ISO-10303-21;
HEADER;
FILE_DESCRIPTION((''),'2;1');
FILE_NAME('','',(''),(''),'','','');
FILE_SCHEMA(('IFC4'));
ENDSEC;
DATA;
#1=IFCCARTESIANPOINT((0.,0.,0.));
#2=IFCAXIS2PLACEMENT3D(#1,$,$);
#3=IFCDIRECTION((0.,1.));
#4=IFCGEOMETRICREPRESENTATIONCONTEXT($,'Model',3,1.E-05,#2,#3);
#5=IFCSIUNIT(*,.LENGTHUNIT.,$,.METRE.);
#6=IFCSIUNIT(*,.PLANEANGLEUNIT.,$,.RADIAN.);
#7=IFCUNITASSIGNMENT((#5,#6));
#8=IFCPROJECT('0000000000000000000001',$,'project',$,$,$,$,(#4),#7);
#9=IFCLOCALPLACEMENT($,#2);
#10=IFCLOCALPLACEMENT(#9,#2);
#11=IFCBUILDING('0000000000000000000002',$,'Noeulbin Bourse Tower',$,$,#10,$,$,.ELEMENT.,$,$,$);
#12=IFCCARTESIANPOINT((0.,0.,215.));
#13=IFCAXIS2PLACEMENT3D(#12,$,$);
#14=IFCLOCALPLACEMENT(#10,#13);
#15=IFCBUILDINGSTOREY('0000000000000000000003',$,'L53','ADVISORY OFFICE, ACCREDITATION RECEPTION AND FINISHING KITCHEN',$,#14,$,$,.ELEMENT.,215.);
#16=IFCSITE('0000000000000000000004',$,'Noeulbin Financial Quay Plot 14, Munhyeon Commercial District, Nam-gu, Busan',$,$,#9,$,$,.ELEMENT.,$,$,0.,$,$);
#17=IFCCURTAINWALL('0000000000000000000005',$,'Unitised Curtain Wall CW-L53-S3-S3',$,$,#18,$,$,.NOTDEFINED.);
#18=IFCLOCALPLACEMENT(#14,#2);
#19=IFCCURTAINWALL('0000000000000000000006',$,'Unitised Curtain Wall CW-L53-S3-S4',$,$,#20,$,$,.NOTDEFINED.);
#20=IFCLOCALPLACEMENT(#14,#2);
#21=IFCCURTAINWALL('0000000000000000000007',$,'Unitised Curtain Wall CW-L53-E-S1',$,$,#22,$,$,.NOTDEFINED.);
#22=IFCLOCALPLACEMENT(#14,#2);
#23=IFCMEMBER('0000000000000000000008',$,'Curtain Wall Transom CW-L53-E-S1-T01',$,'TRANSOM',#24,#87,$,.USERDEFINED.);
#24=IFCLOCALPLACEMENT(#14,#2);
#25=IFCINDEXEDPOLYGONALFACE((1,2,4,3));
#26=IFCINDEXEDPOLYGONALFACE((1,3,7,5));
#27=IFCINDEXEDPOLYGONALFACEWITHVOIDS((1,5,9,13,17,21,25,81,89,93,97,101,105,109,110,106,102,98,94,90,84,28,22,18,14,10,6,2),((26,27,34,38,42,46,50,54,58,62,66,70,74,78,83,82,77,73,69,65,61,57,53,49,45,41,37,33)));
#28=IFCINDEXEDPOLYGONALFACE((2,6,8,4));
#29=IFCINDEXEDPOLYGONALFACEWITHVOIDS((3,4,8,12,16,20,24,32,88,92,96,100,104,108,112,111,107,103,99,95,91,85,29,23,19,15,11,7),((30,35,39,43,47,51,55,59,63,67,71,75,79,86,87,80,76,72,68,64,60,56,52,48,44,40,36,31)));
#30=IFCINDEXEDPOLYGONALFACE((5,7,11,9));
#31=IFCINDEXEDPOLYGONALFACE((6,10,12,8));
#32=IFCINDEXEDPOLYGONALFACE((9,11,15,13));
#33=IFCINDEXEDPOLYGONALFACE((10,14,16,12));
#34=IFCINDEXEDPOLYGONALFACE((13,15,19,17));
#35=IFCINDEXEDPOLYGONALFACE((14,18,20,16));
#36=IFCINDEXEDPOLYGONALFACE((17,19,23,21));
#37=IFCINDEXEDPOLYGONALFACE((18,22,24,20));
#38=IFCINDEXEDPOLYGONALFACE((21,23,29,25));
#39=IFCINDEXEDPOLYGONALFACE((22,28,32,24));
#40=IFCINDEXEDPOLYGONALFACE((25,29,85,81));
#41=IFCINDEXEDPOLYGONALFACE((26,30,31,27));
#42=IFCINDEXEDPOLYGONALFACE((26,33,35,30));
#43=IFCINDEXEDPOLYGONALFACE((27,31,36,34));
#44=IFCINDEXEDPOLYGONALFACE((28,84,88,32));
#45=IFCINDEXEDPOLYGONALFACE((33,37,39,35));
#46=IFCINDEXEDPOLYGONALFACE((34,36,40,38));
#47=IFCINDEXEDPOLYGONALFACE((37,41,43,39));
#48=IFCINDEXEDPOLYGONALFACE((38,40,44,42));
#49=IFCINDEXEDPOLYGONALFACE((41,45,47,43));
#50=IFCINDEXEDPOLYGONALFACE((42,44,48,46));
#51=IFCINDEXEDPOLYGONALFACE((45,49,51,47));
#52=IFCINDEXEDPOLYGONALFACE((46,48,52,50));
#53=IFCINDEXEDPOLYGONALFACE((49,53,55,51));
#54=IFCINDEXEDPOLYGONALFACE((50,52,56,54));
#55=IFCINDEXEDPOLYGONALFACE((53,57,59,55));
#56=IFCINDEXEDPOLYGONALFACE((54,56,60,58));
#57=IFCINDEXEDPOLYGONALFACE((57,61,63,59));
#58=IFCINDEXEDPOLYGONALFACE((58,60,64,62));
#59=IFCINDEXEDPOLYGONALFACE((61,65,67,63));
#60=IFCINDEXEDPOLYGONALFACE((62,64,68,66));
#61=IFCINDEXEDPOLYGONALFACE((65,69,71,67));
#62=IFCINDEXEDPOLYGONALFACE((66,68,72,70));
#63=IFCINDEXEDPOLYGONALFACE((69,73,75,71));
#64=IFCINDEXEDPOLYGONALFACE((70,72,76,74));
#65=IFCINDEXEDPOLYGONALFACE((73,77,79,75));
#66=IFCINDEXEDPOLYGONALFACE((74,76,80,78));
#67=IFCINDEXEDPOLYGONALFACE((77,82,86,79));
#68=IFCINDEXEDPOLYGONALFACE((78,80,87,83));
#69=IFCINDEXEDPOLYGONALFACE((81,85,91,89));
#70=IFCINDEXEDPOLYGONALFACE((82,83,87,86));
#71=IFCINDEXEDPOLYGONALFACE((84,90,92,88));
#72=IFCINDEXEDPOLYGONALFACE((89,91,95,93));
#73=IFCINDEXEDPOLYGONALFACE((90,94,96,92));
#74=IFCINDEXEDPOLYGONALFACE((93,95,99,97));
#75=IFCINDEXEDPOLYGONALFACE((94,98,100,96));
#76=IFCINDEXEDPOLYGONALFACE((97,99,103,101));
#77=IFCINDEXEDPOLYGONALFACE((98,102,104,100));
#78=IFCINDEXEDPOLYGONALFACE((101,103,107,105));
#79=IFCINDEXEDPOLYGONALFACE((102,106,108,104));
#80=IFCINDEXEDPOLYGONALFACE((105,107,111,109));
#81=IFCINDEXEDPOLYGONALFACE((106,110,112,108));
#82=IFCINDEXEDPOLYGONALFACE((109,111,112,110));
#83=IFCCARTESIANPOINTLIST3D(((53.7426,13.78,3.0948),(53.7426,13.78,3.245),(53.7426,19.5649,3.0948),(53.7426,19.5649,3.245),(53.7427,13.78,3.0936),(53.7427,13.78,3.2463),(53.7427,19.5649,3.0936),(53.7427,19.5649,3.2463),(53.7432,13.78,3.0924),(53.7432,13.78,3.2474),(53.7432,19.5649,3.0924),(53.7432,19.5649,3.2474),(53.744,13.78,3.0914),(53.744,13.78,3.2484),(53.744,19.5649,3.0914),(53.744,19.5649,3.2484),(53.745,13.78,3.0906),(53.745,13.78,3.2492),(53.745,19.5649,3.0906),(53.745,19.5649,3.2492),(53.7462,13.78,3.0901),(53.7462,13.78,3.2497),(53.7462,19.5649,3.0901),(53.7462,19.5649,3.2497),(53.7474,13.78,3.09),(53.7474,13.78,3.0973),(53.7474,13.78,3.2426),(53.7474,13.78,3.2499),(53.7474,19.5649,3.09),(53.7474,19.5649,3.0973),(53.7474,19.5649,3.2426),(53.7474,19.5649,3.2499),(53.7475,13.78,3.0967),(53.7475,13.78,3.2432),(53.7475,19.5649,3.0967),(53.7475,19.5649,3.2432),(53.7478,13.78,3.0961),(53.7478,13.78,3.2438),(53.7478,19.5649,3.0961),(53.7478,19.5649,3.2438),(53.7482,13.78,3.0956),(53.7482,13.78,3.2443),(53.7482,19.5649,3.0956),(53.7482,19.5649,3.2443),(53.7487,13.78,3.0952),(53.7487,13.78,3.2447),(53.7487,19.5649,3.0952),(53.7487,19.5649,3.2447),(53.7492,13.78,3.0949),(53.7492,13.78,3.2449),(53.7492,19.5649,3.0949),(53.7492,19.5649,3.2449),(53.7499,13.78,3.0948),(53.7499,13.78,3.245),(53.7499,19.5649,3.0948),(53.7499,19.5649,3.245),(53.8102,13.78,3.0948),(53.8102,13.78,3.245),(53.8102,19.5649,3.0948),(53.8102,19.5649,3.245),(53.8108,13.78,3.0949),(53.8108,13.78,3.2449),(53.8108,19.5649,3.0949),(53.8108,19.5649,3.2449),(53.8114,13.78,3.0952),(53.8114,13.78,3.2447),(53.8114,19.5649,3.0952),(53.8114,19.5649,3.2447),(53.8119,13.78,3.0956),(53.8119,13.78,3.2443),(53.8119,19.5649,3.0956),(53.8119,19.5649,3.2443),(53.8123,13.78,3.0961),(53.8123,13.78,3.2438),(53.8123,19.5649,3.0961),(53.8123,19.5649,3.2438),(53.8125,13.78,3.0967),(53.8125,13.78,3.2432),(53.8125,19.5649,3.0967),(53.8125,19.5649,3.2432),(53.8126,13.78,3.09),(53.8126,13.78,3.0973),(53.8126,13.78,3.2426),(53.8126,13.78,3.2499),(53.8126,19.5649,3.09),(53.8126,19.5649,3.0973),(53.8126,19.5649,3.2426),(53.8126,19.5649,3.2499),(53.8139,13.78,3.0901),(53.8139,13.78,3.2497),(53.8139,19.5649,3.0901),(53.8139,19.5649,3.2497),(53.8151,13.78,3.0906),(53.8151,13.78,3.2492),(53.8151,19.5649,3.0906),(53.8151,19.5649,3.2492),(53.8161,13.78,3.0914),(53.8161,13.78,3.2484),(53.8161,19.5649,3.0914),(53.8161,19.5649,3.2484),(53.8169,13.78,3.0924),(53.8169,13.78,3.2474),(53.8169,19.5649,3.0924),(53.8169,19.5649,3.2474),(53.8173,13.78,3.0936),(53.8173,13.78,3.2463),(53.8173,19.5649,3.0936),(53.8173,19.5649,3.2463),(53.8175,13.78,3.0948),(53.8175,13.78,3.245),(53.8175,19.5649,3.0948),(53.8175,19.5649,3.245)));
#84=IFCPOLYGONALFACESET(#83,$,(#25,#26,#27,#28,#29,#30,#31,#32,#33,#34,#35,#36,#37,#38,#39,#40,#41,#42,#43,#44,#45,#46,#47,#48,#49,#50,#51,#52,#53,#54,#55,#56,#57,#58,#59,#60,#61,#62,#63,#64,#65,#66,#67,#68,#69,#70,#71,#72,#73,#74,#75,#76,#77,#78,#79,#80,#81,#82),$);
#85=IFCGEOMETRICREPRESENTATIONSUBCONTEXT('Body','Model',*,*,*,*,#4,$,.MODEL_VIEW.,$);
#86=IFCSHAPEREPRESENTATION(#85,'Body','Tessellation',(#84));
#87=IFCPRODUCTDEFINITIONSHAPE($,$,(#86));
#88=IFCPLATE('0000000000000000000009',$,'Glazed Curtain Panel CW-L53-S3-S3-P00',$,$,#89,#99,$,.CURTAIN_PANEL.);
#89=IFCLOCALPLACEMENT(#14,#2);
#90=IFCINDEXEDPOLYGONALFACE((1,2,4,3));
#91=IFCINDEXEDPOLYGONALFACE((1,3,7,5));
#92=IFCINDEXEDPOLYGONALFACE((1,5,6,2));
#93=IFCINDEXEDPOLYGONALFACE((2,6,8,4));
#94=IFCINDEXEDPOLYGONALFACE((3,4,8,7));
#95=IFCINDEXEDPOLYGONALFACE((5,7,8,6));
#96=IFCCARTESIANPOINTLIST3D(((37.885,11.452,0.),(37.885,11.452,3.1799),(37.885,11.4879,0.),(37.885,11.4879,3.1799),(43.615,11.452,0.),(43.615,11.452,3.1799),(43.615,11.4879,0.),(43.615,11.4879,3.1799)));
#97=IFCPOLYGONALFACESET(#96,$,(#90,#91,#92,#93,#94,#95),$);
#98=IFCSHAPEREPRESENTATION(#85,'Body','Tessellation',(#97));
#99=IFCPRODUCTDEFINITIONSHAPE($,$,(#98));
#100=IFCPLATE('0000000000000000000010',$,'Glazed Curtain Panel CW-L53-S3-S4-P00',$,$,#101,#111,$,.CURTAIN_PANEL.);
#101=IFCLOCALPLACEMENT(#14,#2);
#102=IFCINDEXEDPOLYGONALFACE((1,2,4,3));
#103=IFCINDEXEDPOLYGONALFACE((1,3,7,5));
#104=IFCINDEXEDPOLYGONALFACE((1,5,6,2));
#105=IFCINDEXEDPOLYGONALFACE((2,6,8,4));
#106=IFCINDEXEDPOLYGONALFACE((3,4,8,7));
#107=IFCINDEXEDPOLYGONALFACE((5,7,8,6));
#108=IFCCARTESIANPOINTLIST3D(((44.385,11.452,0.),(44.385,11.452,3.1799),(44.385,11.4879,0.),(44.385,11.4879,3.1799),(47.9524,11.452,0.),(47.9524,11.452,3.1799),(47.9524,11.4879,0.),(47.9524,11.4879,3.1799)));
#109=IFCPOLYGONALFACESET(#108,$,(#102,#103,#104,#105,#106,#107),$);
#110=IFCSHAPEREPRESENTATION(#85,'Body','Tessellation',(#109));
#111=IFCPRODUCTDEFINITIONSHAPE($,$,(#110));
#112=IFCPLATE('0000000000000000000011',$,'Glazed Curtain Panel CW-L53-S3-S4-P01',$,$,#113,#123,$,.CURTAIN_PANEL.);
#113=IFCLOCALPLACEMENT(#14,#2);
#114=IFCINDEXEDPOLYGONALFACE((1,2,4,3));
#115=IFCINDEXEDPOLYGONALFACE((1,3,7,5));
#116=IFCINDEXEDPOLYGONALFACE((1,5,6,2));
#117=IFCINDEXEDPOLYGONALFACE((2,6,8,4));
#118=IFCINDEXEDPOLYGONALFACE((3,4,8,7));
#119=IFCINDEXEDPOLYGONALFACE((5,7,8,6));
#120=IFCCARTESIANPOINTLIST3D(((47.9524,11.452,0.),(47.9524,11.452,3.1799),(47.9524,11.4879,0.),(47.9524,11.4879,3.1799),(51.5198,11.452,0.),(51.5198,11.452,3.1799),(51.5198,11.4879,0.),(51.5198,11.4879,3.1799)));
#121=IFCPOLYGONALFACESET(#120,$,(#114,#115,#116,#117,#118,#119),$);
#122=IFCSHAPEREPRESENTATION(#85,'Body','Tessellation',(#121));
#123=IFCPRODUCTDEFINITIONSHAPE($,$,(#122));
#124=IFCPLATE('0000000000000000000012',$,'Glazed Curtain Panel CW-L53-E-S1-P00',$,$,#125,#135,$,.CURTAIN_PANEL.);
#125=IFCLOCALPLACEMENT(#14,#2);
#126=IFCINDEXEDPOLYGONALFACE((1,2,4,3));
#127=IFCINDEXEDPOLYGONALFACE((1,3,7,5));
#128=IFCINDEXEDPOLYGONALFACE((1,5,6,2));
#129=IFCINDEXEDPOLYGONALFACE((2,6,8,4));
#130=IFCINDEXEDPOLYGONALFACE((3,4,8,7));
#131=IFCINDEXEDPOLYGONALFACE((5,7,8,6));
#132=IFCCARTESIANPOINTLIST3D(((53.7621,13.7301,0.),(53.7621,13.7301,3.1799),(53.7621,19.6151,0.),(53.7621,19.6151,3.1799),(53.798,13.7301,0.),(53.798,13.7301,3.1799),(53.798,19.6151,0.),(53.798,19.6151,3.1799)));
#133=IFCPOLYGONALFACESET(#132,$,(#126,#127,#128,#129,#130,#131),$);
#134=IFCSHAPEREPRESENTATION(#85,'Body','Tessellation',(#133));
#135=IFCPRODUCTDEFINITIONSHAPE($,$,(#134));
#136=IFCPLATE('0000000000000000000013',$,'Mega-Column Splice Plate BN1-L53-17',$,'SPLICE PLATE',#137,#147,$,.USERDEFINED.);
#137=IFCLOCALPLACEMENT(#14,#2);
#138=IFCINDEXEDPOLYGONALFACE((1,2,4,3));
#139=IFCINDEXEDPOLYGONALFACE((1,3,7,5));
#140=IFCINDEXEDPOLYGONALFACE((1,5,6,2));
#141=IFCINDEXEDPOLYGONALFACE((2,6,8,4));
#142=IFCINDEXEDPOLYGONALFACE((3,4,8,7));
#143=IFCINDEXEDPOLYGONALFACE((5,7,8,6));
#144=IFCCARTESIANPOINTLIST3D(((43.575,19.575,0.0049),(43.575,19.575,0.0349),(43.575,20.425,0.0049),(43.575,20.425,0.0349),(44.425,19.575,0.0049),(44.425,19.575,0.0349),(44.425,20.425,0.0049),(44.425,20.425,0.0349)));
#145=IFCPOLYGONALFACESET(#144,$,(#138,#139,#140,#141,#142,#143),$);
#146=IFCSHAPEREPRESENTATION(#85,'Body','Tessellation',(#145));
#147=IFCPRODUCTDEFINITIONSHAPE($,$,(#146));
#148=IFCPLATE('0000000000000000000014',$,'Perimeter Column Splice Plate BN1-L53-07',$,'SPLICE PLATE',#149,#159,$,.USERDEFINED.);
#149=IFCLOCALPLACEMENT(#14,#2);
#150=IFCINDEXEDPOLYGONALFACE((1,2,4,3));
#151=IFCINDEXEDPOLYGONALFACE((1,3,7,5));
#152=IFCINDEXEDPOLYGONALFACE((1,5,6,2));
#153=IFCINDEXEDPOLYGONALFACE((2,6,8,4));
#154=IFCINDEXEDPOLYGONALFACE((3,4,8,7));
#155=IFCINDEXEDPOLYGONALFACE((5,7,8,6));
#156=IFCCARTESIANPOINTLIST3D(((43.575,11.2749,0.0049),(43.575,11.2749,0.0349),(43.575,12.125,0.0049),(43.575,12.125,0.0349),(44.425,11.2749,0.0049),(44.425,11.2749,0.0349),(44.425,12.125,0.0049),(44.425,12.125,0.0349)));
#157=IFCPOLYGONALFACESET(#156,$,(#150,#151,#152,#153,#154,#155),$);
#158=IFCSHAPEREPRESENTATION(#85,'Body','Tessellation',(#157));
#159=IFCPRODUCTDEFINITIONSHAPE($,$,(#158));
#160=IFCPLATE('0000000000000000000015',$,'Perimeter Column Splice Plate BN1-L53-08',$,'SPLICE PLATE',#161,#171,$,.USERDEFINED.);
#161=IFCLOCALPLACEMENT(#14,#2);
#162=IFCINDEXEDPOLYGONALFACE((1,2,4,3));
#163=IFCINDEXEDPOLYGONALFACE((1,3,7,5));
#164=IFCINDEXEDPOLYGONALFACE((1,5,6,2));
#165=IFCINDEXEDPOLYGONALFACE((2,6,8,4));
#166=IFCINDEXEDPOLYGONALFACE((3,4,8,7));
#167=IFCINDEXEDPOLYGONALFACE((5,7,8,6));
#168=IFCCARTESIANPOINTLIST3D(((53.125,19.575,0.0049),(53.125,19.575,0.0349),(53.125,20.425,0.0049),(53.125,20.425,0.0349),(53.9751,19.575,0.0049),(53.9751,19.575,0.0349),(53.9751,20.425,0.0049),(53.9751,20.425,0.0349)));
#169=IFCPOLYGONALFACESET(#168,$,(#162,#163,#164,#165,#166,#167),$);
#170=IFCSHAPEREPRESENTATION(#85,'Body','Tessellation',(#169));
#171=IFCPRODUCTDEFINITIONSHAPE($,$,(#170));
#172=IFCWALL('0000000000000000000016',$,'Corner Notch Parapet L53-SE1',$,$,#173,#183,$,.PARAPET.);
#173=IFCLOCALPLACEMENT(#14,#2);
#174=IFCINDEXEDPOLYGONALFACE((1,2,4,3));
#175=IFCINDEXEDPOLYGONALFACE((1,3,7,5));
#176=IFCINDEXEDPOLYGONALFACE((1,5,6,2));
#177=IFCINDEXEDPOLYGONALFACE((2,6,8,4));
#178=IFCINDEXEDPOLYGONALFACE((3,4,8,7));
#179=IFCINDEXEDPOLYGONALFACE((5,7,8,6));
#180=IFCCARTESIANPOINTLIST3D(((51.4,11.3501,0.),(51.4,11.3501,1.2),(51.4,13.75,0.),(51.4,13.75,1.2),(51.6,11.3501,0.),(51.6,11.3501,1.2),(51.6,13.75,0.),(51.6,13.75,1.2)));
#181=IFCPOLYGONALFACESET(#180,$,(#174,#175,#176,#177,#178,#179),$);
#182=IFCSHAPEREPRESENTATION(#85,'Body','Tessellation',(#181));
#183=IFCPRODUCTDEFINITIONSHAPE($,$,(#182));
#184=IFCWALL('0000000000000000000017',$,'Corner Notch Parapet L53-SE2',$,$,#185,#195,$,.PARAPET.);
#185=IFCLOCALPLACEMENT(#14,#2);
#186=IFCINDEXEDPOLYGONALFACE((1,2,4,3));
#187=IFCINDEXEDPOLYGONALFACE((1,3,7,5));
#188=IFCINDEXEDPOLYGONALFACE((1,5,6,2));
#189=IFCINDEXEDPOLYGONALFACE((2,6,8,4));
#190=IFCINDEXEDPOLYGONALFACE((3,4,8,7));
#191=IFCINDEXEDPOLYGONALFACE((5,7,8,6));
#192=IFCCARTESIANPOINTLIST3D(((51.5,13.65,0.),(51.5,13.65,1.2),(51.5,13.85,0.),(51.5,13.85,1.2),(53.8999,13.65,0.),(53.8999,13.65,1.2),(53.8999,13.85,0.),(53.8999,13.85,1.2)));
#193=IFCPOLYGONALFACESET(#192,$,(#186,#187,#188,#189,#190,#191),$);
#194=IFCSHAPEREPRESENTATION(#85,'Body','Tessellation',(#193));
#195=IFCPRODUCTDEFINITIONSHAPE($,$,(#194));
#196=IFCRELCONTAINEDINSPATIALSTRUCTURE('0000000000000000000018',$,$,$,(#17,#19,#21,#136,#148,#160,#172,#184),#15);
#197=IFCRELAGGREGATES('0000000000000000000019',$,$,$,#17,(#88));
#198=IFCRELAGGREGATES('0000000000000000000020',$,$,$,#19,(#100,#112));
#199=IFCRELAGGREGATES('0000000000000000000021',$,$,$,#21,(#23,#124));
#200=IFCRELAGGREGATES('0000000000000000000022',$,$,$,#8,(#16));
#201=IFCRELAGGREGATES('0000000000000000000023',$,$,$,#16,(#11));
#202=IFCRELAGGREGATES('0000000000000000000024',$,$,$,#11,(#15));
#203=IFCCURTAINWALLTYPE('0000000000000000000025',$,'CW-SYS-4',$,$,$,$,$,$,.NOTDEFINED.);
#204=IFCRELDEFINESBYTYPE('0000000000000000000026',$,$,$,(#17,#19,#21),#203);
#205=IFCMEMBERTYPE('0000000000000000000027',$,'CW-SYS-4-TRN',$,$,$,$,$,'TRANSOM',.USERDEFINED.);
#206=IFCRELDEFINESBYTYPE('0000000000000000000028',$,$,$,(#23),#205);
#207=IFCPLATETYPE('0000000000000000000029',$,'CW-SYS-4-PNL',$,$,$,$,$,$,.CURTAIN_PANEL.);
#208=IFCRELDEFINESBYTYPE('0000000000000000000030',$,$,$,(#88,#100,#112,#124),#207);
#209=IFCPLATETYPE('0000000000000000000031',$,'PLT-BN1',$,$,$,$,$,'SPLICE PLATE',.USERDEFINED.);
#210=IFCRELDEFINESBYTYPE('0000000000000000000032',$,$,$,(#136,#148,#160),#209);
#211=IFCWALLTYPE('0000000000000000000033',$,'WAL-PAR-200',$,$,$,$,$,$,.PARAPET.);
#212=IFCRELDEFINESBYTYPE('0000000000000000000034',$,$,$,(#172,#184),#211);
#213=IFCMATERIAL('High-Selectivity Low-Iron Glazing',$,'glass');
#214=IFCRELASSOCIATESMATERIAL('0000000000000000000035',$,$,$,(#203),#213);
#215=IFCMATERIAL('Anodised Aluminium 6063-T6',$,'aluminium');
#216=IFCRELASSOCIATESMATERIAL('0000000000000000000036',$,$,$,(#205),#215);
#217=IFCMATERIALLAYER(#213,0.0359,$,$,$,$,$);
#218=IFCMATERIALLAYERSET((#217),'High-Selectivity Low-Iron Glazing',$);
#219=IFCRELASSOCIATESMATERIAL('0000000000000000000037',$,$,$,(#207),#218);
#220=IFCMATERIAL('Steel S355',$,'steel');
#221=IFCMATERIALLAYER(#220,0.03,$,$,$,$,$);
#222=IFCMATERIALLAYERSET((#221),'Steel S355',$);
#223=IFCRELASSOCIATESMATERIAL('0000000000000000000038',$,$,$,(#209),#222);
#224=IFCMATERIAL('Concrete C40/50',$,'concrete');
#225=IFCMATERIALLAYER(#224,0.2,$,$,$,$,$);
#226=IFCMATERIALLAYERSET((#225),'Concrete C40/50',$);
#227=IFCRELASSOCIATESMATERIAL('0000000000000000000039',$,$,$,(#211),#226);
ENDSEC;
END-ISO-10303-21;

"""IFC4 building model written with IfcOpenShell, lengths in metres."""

from ifc_helpers import new_model, si_unit, direction, frame, frame_2d, origin, origin_2d, place, context, subcontext, project, spatial, rectangle, hollow_rectangle, extrude, material, layer, layer_set, material_profile, profile_set, type_object, element, aggregate, save


model = new_model("IFC4")

# Units and contexts
model_context = context("Model", 3, precision=1e-05, world=origin(), true_north=direction((0.0, 1.0)))
body_context = subcontext(model_context, "Body", "Model", "MODEL_VIEW")
ifc_project = project(units=[si_unit("LENGTHUNIT", "METRE"), si_unit("PLANEANGLEUNIT", "RADIAN")], contexts=[model_context])

# Site, building, storey
site_placement = place(None, origin())
site = spatial("IfcSite", under=ifc_project, at=site_placement, Name="Noeulbin Financial Quay Plot 14, Munhyeon Commercial District, Nam-gu, Busan", CompositionType="ELEMENT", RefElevation=0.0)
building_placement = place(site_placement, origin())
building = spatial("IfcBuilding", under=site, at=building_placement, Name="Noeulbin Bourse Tower", CompositionType="ELEMENT")
storey_placement = place(building_placement, frame((0.0, 0.0, 215.0)))
storey = spatial("IfcBuildingStorey", under=building, at=storey_placement, Name="L53", Description="ADVISORY OFFICE, ACCREDITATION RECEPTION AND FINISHING KITCHEN", CompositionType="ELEMENT", Elevation=215.0)

# Shared definitions
ifc_material_1 = material(Name="Steel S355", Category="steel")

# Curtain walls
ifc_material_2 = material(Name="High-Selectivity Low-Iron Glazing", Category="glass")
curtain_wall_type = type_object("IfcCurtainWallType", Name="CW-SYS-4", PredefinedType="NOTDEFINED", material=ifc_material_2)
curtain_wall_1_placement = place(storey_placement, origin())
curtain_wall_1 = element("IfcCurtainWall", 1, at=curtain_wall_1_placement, inside=storey, type_object=curtain_wall_type, Name="Unitised Curtain Wall CW-L53-S3-S3", PredefinedType="NOTDEFINED")
ifc_material_3 = material(Name="Anodised Aluminium 6063-T6", Category="aluminium")
curtain_wall_2_placement = place(storey_placement, origin())
curtain_wall_2 = element("IfcCurtainWall", 2, at=curtain_wall_2_placement, inside=storey, type_object=curtain_wall_type, Name="Unitised Curtain Wall CW-L53-S3-S4", PredefinedType="NOTDEFINED")
curtain_wall_3_placement = place(storey_placement, origin())
curtain_wall_3 = element("IfcCurtainWall", 3, at=curtain_wall_3_placement, inside=storey, type_object=curtain_wall_type, Name="Unitised Curtain Wall CW-L53-E-S1", PredefinedType="NOTDEFINED")

# Member
ifc_material_profile_1 = material_profile(ifc_material_3, hollow_rectangle(XDim=0.075, YDim=0.1599, WallThickness=0.0049, InnerFilletRadius=0.0024, OuterFilletRadius=0.0049, at=origin_2d()), Name="ALU-TRAN-75x160x5", Category="LoadBearing")
ifc_profile_set_1 = profile_set([ifc_material_profile_1], Name="Anodised Aluminium 6063-T6")
member_type_1 = type_object("IfcMemberType", Name="CW-SYS-4-TRN", ElementType="TRANSOM", PredefinedType="USERDEFINED", material=ifc_profile_set_1)
member_1_placement = place(storey_placement, frame((53.78, 13.78, 3.1699), z_axis=(0.0, 1.0, 0.0), x_axis=(-1.0, 0.0, 0.0)))
member_1 = element("IfcMember", 4, at=member_1_placement, type_object=member_type_1, Name="Curtain Wall Transom CW-L53-E-S1-T01", ObjectType="TRANSOM", PredefinedType="USERDEFINED", context=body_context, shape_type="SweptSolid", body=[
    extrude(hollow_rectangle(XDim=0.075, YDim=0.1599, WallThickness=0.0049, InnerFilletRadius=0.0024, OuterFilletRadius=0.0049, at=origin_2d()), origin(), (0.0, 0.0, 1.0), 5.7849),
])

# Plates
ifc_layer_1 = layer(ifc_material_2, 0.0359)
ifc_layer_set_1 = layer_set([ifc_layer_1], Name="High-Selectivity Low-Iron Glazing")
plate_type_1 = type_object("IfcPlateType", Name="CW-SYS-4-PNL", PredefinedType="CURTAIN_PANEL", material=ifc_layer_set_1)
plate_1_placement = place(storey_placement, frame((40.75, 11.47, 0.0), z_axis=(0.0, 0.0, 1.0), x_axis=(1.0, 0.0, 0.0)))
plate_1 = element("IfcPlate", 5, at=plate_1_placement, type_object=plate_type_1, Name="Glazed Curtain Panel CW-L53-S3-S3-P00", PredefinedType="CURTAIN_PANEL", context=body_context, shape_type="SweptSolid", body=[
    extrude(rectangle(XDim=5.73, YDim=0.0359, at=origin_2d()), origin(), (0.0, 0.0, 1.0), 3.1799),
])
aggregate(curtain_wall_1, [plate_1])
plate_2_placement = place(storey_placement, frame((46.1687, 11.47, 0.0), z_axis=(0.0, 0.0, 1.0), x_axis=(1.0, 0.0, 0.0)))
plate_2 = element("IfcPlate", 6, at=plate_2_placement, type_object=plate_type_1, Name="Glazed Curtain Panel CW-L53-S3-S4-P00", PredefinedType="CURTAIN_PANEL", context=body_context, shape_type="SweptSolid", body=[
    extrude(rectangle(XDim=3.5674, YDim=0.0359, at=origin_2d()), origin(), (0.0, 0.0, 1.0), 3.1799),
])
plate_3_placement = place(storey_placement, frame((49.7361, 11.47, 0.0), z_axis=(0.0, 0.0, 1.0), x_axis=(1.0, 0.0, 0.0)))
plate_3 = element("IfcPlate", 7, at=plate_3_placement, type_object=plate_type_1, Name="Glazed Curtain Panel CW-L53-S3-S4-P01", PredefinedType="CURTAIN_PANEL", context=body_context, shape_type="SweptSolid", body=[
    extrude(rectangle(XDim=3.5674, YDim=0.0359, at=origin_2d()), origin(), (0.0, 0.0, 1.0), 3.1799),
])
aggregate(curtain_wall_2, [plate_2, plate_3])
plate_4_placement = place(storey_placement, frame((53.78, 16.6726, 0.0), z_axis=(0.0, 0.0, 1.0), x_axis=(0.0, 1.0, 0.0)))
plate_4 = element("IfcPlate", 8, at=plate_4_placement, type_object=plate_type_1, Name="Glazed Curtain Panel CW-L53-E-S1-P00", PredefinedType="CURTAIN_PANEL", context=body_context, shape_type="SweptSolid", body=[
    extrude(rectangle(XDim=5.885, YDim=0.0359, at=origin_2d()), origin(), (0.0, 0.0, 1.0), 3.1799),
])
aggregate(curtain_wall_3, [member_1, plate_4])

# Plates
ifc_layer_2 = layer(ifc_material_1, 0.03)
ifc_layer_set_2 = layer_set([ifc_layer_2], Name="Steel S355")
plate_type_2 = type_object("IfcPlateType", Name="PLT-BN1", ElementType="SPLICE PLATE", PredefinedType="USERDEFINED", material=ifc_layer_set_2)
for number, where, z_axis, x_axis, name in (
    (9, (44.0, 20.0, 0.0049), (0.0, 0.0, 1.0), (1.0, 0.0, 0.0), "Mega-Column Splice Plate BN1-L53-17"),
    (10, (44.0, 11.7, 0.0049), (0.0, 0.0, 1.0), (1.0, 0.0, 0.0), "Perimeter Column Splice Plate BN1-L53-07"),
    (11, (53.55, 20.0, 0.0049), (0.0, 0.0, 1.0), (1.0, 0.0, 0.0), "Perimeter Column Splice Plate BN1-L53-08"),
):
    element("IfcPlate", number, at=place(storey_placement, frame(where, z_axis=z_axis, x_axis=x_axis)), inside=storey, type_object=plate_type_2, Name=name, ObjectType="SPLICE PLATE", PredefinedType="USERDEFINED", context=body_context, shape_type="SweptSolid", body=[
        extrude(rectangle(XDim=0.8501, YDim=0.8501, at=origin_2d()), origin(), (0.0, 0.0, 1.0), 0.03),
    ])

# Walls
ifc_material_4 = material(Name="Concrete C40/50", Category="concrete")
ifc_layer_3 = layer(ifc_material_4, 0.2)
ifc_layer_set_3 = layer_set([ifc_layer_3], Name="Concrete C40/50")
wall_type_1 = type_object("IfcWallType", Name="WAL-PAR-200", PredefinedType="PARAPET", material=ifc_layer_set_3)
for number, where, z_axis, x_axis, name in (
    (12, (51.5, 11.3501, 0.0), (0.0, 0.0, 1.0), (0.0, 1.0, 0.0), "Corner Notch Parapet L53-SE1"),
    (13, (51.5, 13.75, 0.0), (0.0, 0.0, 1.0), (1.0, 0.0, 0.0), "Corner Notch Parapet L53-SE2"),
):
    element("IfcWall", number, at=place(storey_placement, frame(where, z_axis=z_axis, x_axis=x_axis)), inside=storey, type_object=wall_type_1, Name=name, PredefinedType="PARAPET", context=body_context, shape_type="SweptSolid", body=[
        extrude(rectangle(XDim=2.3999, YDim=0.2, at=frame_2d((1.2, 0.0))), origin(), (0.0, 0.0, 1.0), 1.2),
    ])

save(model, "model.ifc")
